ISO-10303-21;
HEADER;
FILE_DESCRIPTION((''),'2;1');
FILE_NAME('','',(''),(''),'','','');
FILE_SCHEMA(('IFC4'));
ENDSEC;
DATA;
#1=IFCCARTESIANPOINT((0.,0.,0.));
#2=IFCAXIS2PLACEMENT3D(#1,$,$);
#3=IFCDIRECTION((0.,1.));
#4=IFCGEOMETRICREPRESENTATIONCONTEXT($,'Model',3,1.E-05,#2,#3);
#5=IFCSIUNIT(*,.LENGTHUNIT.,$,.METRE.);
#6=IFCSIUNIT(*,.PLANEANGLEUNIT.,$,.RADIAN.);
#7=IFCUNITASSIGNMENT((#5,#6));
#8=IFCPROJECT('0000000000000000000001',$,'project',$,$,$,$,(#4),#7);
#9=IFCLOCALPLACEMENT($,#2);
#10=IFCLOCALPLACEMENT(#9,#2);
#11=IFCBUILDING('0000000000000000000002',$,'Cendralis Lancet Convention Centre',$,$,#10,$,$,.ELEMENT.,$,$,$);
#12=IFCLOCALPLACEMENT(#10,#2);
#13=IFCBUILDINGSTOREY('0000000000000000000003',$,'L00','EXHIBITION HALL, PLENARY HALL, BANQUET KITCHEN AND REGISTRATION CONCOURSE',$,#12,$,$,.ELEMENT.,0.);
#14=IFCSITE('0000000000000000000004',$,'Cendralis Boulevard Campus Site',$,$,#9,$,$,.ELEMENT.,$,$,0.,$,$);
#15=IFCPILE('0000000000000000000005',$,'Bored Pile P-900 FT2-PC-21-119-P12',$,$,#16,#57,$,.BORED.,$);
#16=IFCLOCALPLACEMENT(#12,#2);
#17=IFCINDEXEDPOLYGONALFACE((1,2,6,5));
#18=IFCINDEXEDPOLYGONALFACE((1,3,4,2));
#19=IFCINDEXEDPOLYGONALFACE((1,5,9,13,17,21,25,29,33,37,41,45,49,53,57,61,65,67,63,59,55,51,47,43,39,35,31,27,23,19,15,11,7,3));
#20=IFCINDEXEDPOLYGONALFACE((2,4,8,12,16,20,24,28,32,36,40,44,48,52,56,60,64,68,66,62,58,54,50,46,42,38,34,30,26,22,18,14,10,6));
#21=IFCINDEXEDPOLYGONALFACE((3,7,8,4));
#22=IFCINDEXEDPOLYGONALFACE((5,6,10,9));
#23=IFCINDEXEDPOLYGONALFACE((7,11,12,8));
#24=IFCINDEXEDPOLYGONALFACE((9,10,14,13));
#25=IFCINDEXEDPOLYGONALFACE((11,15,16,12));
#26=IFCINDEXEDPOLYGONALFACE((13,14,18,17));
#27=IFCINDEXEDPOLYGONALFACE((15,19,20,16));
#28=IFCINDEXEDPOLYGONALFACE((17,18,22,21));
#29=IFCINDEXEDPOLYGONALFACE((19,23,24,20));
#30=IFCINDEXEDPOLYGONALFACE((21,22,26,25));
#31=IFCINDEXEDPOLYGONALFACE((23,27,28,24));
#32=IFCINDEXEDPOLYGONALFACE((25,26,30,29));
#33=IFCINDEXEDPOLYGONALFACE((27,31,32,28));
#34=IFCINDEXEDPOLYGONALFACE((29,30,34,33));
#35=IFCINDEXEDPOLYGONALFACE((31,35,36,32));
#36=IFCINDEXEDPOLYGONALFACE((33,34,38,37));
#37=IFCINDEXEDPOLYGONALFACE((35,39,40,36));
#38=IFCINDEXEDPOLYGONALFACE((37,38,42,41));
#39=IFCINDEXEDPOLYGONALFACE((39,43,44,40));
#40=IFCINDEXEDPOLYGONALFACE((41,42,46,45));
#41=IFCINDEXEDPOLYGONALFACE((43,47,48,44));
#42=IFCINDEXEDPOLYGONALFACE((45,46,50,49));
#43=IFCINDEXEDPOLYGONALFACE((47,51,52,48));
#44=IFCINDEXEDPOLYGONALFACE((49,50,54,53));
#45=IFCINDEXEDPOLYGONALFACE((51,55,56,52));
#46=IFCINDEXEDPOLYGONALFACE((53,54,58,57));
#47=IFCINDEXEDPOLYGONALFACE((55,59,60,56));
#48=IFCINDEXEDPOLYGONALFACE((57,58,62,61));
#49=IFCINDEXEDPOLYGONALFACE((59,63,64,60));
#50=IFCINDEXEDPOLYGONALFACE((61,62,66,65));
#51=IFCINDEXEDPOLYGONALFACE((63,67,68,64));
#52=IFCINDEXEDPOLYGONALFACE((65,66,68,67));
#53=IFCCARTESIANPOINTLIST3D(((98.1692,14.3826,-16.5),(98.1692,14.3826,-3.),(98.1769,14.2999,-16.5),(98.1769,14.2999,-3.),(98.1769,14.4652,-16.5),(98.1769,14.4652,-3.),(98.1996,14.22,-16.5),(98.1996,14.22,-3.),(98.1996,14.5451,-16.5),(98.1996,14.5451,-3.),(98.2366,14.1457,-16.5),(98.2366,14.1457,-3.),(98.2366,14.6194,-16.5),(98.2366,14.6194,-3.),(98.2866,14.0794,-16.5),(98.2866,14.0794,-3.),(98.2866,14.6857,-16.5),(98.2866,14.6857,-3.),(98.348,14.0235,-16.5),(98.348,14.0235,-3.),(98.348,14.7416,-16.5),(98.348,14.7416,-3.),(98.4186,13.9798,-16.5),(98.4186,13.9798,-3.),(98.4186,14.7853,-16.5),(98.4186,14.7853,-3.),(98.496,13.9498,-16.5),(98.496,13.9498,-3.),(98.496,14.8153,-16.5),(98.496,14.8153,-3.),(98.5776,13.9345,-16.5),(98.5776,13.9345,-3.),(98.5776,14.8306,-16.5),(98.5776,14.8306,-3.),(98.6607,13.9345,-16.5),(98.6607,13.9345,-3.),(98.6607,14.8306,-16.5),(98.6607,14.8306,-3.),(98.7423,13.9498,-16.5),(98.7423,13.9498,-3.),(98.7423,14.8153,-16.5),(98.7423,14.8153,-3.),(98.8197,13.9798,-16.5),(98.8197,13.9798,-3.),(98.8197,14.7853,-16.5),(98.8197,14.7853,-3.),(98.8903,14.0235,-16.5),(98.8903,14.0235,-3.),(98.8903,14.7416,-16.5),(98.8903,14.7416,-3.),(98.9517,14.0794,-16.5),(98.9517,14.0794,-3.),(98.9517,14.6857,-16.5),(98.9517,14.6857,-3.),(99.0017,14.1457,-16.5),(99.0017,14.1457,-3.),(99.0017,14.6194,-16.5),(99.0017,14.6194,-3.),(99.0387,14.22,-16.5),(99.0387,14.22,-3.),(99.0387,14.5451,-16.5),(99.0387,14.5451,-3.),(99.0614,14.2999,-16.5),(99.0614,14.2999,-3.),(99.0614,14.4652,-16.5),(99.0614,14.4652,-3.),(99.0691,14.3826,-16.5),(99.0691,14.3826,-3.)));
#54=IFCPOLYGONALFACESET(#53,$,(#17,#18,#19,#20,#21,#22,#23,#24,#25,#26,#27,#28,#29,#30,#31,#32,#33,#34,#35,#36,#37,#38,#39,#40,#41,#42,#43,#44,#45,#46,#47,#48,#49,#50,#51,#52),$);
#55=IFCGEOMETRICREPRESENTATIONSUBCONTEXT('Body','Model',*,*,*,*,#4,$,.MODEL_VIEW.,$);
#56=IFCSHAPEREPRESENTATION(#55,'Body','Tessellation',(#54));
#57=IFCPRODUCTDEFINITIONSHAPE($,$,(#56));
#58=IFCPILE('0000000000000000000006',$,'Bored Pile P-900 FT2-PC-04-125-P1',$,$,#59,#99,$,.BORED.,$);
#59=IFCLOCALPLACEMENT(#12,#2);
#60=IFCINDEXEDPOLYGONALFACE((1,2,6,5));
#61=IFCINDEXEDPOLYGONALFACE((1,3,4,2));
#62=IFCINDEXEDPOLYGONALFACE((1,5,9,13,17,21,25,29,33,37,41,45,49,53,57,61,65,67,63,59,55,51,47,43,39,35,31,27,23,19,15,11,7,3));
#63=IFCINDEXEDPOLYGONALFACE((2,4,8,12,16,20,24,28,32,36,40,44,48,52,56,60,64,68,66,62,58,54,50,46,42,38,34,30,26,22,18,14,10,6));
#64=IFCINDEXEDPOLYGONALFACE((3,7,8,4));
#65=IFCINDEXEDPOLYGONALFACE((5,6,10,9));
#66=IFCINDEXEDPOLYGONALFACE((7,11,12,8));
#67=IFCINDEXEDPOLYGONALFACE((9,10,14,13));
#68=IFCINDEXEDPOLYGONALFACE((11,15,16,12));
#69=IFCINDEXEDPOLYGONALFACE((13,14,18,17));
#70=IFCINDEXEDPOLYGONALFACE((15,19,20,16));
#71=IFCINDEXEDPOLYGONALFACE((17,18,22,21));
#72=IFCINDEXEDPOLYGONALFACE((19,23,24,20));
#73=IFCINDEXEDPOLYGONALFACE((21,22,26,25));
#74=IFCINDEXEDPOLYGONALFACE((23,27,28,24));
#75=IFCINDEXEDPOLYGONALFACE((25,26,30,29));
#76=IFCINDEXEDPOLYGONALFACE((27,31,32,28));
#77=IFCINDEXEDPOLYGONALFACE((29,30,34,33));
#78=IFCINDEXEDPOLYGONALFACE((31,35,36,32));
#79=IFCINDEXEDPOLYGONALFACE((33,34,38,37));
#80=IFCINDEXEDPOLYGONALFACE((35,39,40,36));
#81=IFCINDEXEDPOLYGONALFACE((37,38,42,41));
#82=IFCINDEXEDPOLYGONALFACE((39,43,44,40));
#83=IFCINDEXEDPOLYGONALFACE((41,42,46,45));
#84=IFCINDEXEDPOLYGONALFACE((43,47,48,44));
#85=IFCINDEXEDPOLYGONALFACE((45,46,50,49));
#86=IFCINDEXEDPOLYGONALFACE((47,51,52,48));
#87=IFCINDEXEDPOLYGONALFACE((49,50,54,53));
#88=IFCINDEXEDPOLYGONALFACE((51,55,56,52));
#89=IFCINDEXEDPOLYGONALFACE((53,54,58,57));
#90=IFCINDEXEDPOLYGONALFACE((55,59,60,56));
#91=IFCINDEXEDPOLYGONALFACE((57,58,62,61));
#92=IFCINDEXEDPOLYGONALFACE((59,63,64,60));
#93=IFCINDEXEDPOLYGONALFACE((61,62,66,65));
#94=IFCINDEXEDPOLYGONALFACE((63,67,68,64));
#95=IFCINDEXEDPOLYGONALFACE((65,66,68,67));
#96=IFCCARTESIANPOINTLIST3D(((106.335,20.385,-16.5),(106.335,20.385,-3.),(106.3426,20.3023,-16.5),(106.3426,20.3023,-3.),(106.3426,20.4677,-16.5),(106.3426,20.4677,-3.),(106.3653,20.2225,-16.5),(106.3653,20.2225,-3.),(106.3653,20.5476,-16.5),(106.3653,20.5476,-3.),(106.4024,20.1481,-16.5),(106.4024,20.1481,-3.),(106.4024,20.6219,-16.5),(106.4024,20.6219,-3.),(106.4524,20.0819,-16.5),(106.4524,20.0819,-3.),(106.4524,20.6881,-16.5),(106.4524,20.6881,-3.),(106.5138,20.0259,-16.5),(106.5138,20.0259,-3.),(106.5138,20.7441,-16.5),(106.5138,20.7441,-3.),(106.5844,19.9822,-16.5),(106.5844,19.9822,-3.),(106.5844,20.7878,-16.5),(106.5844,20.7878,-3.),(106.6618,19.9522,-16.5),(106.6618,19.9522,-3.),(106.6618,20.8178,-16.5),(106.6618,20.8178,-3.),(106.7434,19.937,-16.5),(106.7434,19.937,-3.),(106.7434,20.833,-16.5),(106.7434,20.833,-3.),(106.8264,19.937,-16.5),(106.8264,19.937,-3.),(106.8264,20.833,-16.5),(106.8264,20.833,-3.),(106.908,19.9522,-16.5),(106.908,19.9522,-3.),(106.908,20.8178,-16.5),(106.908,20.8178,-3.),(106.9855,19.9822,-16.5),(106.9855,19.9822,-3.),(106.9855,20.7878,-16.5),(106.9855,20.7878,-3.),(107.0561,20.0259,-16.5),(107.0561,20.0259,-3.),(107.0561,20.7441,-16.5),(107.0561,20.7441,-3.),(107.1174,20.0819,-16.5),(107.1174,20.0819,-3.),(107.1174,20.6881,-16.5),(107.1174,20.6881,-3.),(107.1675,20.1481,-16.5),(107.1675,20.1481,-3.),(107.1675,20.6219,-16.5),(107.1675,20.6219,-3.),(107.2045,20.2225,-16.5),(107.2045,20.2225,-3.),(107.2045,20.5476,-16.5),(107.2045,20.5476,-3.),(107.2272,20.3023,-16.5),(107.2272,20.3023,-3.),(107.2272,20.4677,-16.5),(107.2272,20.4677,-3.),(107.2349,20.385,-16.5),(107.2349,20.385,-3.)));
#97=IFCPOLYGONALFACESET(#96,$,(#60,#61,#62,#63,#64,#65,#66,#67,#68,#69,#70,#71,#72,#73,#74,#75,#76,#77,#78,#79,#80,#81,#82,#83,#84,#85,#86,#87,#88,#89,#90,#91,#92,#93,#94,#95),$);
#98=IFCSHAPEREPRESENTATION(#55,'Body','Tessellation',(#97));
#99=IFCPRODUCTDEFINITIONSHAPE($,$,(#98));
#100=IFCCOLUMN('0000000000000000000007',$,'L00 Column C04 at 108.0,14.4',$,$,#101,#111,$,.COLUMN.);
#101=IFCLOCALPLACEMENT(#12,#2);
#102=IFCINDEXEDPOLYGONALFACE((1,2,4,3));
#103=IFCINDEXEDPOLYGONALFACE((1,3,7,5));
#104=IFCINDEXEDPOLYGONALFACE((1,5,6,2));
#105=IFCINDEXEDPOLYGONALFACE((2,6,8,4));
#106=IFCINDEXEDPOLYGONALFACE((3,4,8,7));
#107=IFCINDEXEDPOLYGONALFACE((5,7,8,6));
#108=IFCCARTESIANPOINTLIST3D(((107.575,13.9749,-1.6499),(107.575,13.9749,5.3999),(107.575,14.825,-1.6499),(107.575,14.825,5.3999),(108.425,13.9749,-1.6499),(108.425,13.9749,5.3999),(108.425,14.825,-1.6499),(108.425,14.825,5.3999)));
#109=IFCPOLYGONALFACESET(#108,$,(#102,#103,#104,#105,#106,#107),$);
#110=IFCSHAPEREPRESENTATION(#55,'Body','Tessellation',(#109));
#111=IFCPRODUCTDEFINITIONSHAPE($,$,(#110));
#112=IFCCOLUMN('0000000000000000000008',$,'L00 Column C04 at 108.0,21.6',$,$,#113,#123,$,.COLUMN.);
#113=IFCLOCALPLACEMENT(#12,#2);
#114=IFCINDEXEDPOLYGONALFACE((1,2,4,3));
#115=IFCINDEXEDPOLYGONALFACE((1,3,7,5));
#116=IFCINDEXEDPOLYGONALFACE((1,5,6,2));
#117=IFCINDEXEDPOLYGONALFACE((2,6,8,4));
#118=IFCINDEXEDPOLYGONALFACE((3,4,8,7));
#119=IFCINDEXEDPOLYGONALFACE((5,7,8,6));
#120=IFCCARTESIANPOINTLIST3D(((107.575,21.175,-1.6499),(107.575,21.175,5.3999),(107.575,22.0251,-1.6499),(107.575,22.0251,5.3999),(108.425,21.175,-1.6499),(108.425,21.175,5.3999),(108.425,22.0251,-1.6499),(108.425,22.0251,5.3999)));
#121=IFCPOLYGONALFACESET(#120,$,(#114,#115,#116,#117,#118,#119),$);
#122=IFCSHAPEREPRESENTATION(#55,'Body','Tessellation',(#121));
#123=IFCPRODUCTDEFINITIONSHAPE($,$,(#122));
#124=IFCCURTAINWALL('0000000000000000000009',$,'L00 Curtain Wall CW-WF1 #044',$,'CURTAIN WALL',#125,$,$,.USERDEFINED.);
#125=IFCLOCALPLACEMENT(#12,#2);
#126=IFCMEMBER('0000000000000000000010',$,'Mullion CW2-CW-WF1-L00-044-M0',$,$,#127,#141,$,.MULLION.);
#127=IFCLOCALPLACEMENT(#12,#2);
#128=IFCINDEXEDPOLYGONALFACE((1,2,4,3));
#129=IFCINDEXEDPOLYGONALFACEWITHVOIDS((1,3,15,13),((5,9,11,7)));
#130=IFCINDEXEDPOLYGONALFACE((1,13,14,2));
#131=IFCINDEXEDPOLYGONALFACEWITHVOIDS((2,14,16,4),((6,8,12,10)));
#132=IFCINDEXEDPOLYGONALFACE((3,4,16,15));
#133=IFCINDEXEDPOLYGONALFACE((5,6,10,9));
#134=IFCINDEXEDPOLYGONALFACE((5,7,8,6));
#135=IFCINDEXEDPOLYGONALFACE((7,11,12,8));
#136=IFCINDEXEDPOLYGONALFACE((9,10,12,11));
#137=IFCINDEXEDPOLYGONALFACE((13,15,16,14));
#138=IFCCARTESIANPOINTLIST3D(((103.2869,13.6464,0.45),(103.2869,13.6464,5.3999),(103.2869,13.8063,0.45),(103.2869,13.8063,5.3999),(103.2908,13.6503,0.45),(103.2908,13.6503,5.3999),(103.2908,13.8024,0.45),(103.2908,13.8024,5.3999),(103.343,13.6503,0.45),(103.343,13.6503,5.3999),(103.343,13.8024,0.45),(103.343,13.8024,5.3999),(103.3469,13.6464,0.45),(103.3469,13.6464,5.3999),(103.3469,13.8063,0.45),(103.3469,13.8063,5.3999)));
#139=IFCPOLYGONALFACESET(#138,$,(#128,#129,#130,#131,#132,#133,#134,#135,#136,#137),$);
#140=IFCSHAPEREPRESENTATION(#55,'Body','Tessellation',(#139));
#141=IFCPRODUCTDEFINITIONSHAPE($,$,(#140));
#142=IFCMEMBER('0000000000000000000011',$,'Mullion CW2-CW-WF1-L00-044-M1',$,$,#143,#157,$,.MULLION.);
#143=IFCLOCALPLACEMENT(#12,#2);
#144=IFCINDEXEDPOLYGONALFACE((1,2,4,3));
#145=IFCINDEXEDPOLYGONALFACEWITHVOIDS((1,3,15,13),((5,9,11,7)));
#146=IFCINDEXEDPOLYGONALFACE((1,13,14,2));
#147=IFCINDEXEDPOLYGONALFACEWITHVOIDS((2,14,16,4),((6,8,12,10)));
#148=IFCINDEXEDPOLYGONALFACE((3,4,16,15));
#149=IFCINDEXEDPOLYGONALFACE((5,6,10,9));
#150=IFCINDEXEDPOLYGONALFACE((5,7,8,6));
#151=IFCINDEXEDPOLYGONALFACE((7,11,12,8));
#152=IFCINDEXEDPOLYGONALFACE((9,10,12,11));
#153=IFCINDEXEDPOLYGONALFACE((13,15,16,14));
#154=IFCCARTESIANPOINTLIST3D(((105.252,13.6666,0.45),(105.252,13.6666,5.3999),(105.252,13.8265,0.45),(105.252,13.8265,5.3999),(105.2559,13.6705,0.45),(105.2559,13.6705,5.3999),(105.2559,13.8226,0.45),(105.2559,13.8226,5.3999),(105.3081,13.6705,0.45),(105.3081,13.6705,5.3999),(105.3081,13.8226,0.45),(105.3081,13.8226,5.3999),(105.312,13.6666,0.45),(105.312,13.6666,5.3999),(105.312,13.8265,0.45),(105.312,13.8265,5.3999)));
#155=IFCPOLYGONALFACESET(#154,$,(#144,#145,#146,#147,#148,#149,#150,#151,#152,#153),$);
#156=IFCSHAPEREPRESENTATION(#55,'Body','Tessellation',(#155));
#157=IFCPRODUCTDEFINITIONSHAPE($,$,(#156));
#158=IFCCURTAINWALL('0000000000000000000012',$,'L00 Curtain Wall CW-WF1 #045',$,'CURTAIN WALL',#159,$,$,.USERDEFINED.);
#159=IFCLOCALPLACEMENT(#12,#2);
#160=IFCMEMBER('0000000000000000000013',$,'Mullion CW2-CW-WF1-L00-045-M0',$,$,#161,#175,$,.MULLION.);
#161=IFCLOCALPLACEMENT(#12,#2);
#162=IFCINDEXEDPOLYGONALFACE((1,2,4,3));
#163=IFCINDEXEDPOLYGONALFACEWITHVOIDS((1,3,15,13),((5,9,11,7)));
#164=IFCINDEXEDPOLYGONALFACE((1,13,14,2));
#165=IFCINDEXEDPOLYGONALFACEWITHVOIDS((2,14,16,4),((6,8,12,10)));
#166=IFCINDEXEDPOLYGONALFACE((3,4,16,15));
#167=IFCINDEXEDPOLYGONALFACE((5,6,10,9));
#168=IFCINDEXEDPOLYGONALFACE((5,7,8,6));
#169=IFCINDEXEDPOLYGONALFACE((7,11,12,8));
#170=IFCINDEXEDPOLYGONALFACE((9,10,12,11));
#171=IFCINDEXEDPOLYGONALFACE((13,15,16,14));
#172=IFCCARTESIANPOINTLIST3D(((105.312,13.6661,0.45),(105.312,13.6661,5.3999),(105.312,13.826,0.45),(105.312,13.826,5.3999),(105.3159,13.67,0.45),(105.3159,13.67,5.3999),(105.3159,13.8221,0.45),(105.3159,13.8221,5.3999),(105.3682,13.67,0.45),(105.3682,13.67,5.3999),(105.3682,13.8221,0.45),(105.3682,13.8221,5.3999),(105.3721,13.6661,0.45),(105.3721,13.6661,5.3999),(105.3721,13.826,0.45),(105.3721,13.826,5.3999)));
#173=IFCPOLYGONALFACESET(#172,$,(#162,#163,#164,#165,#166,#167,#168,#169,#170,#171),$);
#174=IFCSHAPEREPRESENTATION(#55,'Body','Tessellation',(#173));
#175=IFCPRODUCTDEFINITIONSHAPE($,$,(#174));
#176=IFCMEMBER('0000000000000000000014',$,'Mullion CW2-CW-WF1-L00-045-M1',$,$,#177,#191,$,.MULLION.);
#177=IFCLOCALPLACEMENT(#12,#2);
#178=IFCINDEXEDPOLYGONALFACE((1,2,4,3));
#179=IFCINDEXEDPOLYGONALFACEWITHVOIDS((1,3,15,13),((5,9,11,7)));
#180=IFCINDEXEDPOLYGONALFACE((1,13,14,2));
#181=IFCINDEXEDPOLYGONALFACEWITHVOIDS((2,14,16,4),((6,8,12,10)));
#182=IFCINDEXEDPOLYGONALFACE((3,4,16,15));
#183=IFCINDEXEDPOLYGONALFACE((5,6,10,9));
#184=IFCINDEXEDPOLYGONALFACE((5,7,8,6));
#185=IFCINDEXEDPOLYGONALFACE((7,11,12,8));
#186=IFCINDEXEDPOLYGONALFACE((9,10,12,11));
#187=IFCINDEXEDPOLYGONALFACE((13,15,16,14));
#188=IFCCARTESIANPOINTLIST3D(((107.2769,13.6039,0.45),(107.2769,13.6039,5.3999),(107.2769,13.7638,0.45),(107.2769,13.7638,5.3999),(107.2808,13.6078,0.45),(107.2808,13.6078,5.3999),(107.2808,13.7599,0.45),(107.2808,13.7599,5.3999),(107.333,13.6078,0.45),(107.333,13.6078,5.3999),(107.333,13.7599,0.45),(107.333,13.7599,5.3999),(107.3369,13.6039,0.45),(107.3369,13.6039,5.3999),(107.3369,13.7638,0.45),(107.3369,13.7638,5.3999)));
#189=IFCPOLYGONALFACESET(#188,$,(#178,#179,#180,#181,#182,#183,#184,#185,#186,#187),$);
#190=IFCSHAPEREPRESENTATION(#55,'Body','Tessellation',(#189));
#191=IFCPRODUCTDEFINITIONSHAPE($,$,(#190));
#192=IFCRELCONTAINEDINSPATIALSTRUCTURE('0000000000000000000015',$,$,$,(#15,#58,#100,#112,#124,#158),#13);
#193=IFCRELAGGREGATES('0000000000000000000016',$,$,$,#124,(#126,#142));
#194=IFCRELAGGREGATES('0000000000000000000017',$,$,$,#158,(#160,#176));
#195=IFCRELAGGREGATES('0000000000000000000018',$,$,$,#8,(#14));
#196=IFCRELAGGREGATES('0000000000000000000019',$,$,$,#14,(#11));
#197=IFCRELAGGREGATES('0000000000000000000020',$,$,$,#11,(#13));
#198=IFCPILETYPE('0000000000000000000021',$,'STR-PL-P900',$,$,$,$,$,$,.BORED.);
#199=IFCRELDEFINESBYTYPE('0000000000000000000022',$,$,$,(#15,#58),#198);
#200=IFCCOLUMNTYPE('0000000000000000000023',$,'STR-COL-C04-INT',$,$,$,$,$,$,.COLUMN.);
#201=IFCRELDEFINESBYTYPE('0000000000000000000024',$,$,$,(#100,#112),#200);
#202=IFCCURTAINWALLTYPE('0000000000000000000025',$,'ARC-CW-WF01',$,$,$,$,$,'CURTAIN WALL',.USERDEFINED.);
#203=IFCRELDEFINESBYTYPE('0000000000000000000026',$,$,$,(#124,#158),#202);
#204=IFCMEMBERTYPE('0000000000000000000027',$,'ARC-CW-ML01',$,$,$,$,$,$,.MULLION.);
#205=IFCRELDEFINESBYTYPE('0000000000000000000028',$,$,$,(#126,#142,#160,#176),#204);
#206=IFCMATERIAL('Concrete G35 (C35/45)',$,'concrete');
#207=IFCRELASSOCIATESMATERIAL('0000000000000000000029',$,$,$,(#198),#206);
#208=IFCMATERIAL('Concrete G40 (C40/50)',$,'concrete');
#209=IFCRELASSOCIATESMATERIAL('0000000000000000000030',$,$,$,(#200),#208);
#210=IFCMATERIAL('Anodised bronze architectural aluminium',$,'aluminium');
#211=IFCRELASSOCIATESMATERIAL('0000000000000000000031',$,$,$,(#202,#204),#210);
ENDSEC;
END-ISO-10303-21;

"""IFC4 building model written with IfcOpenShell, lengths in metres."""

from ifc_helpers import new_model, si_unit, direction, frame, origin, origin_2d, place, context, subcontext, project, spatial, rectangle, hollow_rectangle, circle, extrude, material, material_profile, profile_set, type_object, element, aggregate, save


model = new_model("IFC4")

# Units and contexts
model_context = context("Model", 3, precision=1e-05, world=origin(), true_north=direction((0.0, 1.0)))
body_context = subcontext(model_context, "Body", "Model", "MODEL_VIEW")
ifc_project = project(units=[si_unit("LENGTHUNIT", "METRE"), si_unit("PLANEANGLEUNIT", "RADIAN")], contexts=[model_context])

# Site, building, storey
site_placement = place(None, origin())
site = spatial("IfcSite", under=ifc_project, at=site_placement, Name="Cendralis Boulevard Campus Site", CompositionType="ELEMENT", RefElevation=0.0)
building_placement = place(site_placement, origin())
building = spatial("IfcBuilding", under=site, at=building_placement, Name="Cendralis Lancet Convention Centre", CompositionType="ELEMENT")
storey_placement = place(building_placement, origin())
storey = spatial("IfcBuildingStorey", under=building, at=storey_placement, Name="L00", Description="EXHIBITION HALL, PLENARY HALL, BANQUET KITCHEN AND REGISTRATION CONCOURSE", CompositionType="ELEMENT", Elevation=0.0)

# Piles
ifc_material_1 = material(Name="Concrete G35 (C35/45)", Category="concrete")
ifc_material_profile_1 = material_profile(ifc_material_1, circle(Radius=0.45, at=origin_2d()), Name="BORED PILE D900")
ifc_profile_set_1 = profile_set([ifc_material_profile_1], Name="Concrete G35 (C35/45)")
pile_type = type_object("IfcPileType", Name="STR-PL-P900", PredefinedType="BORED", material=ifc_profile_set_1)
for number, where, z_axis, x_axis, name in (
    (1, (98.6191, 14.3826, -3.0), (0.0, 0.0, -1.0), (1.0, 0.0, 0.0), "Bored Pile P-900 FT2-PC-21-119-P12"),
    (2, (106.7849, 20.385, -3.0), (0.0, 0.0, -1.0), (1.0, 0.0, 0.0), "Bored Pile P-900 FT2-PC-04-125-P1"),
):
    element("IfcPile", number, at=place(storey_placement, frame(where, z_axis=z_axis, x_axis=x_axis)), inside=storey, type_object=pile_type, Name=name, PredefinedType="BORED", context=body_context, shape_type="SweptSolid", body=[
        extrude(circle(Radius=0.45, at=origin_2d()), origin(), (0.0, 0.0, 1.0), 13.5),
    ])

# Columns
ifc_material_2 = material(Name="Concrete G40 (C40/50)", Category="concrete")
ifc_material_profile_2 = material_profile(ifc_material_2, rectangle(XDim=0.8501, YDim=0.8501, at=origin_2d()), Name="RC 850x850")
ifc_profile_set_2 = profile_set([ifc_material_profile_2], Name="Concrete G40 (C40/50)")
column_type = type_object("IfcColumnType", Name="STR-COL-C04-INT", PredefinedType="COLUMN", material=ifc_profile_set_2)
for number, where, z_axis, x_axis, name in (
    (3, (108.0, 14.3999, -1.6499), (0.0, 0.0, 1.0), (1.0, 0.0, 0.0), "L00 Column C04 at 108.0,14.4"),
    (4, (108.0, 21.6001, -1.6499), (0.0, 0.0, 1.0), (1.0, 0.0, 0.0), "L00 Column C04 at 108.0,21.6"),
):
    element("IfcColumn", number, at=place(storey_placement, frame(where, z_axis=z_axis, x_axis=x_axis)), inside=storey, type_object=column_type, Name=name, PredefinedType="COLUMN", context=body_context, shape_type="SweptSolid", body=[
        extrude(rectangle(XDim=0.8501, YDim=0.8501, at=origin_2d()), origin(), (0.0, 0.0, 1.0), 7.0498),
    ])

# Curtain walls, members
ifc_material_3 = material(Name="Anodised bronze architectural aluminium", Category="aluminium")
curtain_wall_type = type_object("IfcCurtainWallType", Name="ARC-CW-WF01", ElementType="CURTAIN WALL", PredefinedType="USERDEFINED", material=ifc_material_3)
curtain_wall_1_placement = place(storey_placement, origin())
curtain_wall_1 = element("IfcCurtainWall", 5, at=curtain_wall_1_placement, inside=storey, type_object=curtain_wall_type, Name="L00 Curtain Wall CW-WF1 #044", ObjectType="CURTAIN WALL", PredefinedType="USERDEFINED")
ifc_material_profile_3 = material_profile(ifc_material_3, hollow_rectangle(XDim=0.0601, YDim=0.1599, WallThickness=0.0039, at=origin_2d()), Name="AL-MULL 60x160x4.0")
ifc_profile_set_3 = profile_set([ifc_material_profile_3], Name="Anodised bronze architectural aluminium")
member_type_1 = type_object("IfcMemberType", Name="ARC-CW-ML01", PredefinedType="MULLION", material=ifc_profile_set_3)
member_1_placement = place(storey_placement, frame((103.3169, 13.7263, 0.45), z_axis=(0.0, 0.0, 1.0), x_axis=(1.0, 0.0, 0.0)))
member_1 = element("IfcMember", 6, at=member_1_placement, type_object=member_type_1, Name="Mullion CW2-CW-WF1-L00-044-M0", PredefinedType="MULLION", context=body_context, shape_type="SweptSolid", body=[
    extrude(hollow_rectangle(XDim=0.0601, YDim=0.1599, WallThickness=0.0039, at=origin_2d()), origin(), (0.0, 0.0, 1.0), 4.95),
])
member_2_placement = place(storey_placement, frame((105.282, 13.7466, 0.45), z_axis=(0.0, 0.0, 1.0), x_axis=(1.0, 0.0, 0.0)))
member_2 = element("IfcMember", 7, at=member_2_placement, type_object=member_type_1, Name="Mullion CW2-CW-WF1-L00-044-M1", PredefinedType="MULLION", context=body_context, shape_type="SweptSolid", body=[
    extrude(hollow_rectangle(XDim=0.0601, YDim=0.1599, WallThickness=0.0039, at=origin_2d()), origin(), (0.0, 0.0, 1.0), 4.95),
])
curtain_wall_2_placement = place(storey_placement, origin())
curtain_wall_2 = element("IfcCurtainWall", 8, at=curtain_wall_2_placement, inside=storey, type_object=curtain_wall_type, Name="L00 Curtain Wall CW-WF1 #045", ObjectType="CURTAIN WALL", PredefinedType="USERDEFINED")
member_3_placement = place(storey_placement, frame((105.342, 13.7461, 0.45), z_axis=(0.0, 0.0, 1.0), x_axis=(1.0, 0.0, 0.0)))
member_3 = element("IfcMember", 9, at=member_3_placement, type_object=member_type_1, Name="Mullion CW2-CW-WF1-L00-045-M0", PredefinedType="MULLION", context=body_context, shape_type="SweptSolid", body=[
    extrude(hollow_rectangle(XDim=0.0601, YDim=0.1599, WallThickness=0.0039, at=origin_2d()), origin(), (0.0, 0.0, 1.0), 4.95),
])
member_4_placement = place(storey_placement, frame((107.3069, 13.6838, 0.45), z_axis=(0.0, 0.0, 1.0), x_axis=(1.0, 0.0, 0.0)))
member_4 = element("IfcMember", 10, at=member_4_placement, type_object=member_type_1, Name="Mullion CW2-CW-WF1-L00-045-M1", PredefinedType="MULLION", context=body_context, shape_type="SweptSolid", body=[
    extrude(hollow_rectangle(XDim=0.0601, YDim=0.1599, WallThickness=0.0039, at=origin_2d()), origin(), (0.0, 0.0, 1.0), 4.95),
])

aggregate(curtain_wall_1, [member_1, member_2])
aggregate(curtain_wall_2, [member_3, member_4])

save(model, "model.ifc")
